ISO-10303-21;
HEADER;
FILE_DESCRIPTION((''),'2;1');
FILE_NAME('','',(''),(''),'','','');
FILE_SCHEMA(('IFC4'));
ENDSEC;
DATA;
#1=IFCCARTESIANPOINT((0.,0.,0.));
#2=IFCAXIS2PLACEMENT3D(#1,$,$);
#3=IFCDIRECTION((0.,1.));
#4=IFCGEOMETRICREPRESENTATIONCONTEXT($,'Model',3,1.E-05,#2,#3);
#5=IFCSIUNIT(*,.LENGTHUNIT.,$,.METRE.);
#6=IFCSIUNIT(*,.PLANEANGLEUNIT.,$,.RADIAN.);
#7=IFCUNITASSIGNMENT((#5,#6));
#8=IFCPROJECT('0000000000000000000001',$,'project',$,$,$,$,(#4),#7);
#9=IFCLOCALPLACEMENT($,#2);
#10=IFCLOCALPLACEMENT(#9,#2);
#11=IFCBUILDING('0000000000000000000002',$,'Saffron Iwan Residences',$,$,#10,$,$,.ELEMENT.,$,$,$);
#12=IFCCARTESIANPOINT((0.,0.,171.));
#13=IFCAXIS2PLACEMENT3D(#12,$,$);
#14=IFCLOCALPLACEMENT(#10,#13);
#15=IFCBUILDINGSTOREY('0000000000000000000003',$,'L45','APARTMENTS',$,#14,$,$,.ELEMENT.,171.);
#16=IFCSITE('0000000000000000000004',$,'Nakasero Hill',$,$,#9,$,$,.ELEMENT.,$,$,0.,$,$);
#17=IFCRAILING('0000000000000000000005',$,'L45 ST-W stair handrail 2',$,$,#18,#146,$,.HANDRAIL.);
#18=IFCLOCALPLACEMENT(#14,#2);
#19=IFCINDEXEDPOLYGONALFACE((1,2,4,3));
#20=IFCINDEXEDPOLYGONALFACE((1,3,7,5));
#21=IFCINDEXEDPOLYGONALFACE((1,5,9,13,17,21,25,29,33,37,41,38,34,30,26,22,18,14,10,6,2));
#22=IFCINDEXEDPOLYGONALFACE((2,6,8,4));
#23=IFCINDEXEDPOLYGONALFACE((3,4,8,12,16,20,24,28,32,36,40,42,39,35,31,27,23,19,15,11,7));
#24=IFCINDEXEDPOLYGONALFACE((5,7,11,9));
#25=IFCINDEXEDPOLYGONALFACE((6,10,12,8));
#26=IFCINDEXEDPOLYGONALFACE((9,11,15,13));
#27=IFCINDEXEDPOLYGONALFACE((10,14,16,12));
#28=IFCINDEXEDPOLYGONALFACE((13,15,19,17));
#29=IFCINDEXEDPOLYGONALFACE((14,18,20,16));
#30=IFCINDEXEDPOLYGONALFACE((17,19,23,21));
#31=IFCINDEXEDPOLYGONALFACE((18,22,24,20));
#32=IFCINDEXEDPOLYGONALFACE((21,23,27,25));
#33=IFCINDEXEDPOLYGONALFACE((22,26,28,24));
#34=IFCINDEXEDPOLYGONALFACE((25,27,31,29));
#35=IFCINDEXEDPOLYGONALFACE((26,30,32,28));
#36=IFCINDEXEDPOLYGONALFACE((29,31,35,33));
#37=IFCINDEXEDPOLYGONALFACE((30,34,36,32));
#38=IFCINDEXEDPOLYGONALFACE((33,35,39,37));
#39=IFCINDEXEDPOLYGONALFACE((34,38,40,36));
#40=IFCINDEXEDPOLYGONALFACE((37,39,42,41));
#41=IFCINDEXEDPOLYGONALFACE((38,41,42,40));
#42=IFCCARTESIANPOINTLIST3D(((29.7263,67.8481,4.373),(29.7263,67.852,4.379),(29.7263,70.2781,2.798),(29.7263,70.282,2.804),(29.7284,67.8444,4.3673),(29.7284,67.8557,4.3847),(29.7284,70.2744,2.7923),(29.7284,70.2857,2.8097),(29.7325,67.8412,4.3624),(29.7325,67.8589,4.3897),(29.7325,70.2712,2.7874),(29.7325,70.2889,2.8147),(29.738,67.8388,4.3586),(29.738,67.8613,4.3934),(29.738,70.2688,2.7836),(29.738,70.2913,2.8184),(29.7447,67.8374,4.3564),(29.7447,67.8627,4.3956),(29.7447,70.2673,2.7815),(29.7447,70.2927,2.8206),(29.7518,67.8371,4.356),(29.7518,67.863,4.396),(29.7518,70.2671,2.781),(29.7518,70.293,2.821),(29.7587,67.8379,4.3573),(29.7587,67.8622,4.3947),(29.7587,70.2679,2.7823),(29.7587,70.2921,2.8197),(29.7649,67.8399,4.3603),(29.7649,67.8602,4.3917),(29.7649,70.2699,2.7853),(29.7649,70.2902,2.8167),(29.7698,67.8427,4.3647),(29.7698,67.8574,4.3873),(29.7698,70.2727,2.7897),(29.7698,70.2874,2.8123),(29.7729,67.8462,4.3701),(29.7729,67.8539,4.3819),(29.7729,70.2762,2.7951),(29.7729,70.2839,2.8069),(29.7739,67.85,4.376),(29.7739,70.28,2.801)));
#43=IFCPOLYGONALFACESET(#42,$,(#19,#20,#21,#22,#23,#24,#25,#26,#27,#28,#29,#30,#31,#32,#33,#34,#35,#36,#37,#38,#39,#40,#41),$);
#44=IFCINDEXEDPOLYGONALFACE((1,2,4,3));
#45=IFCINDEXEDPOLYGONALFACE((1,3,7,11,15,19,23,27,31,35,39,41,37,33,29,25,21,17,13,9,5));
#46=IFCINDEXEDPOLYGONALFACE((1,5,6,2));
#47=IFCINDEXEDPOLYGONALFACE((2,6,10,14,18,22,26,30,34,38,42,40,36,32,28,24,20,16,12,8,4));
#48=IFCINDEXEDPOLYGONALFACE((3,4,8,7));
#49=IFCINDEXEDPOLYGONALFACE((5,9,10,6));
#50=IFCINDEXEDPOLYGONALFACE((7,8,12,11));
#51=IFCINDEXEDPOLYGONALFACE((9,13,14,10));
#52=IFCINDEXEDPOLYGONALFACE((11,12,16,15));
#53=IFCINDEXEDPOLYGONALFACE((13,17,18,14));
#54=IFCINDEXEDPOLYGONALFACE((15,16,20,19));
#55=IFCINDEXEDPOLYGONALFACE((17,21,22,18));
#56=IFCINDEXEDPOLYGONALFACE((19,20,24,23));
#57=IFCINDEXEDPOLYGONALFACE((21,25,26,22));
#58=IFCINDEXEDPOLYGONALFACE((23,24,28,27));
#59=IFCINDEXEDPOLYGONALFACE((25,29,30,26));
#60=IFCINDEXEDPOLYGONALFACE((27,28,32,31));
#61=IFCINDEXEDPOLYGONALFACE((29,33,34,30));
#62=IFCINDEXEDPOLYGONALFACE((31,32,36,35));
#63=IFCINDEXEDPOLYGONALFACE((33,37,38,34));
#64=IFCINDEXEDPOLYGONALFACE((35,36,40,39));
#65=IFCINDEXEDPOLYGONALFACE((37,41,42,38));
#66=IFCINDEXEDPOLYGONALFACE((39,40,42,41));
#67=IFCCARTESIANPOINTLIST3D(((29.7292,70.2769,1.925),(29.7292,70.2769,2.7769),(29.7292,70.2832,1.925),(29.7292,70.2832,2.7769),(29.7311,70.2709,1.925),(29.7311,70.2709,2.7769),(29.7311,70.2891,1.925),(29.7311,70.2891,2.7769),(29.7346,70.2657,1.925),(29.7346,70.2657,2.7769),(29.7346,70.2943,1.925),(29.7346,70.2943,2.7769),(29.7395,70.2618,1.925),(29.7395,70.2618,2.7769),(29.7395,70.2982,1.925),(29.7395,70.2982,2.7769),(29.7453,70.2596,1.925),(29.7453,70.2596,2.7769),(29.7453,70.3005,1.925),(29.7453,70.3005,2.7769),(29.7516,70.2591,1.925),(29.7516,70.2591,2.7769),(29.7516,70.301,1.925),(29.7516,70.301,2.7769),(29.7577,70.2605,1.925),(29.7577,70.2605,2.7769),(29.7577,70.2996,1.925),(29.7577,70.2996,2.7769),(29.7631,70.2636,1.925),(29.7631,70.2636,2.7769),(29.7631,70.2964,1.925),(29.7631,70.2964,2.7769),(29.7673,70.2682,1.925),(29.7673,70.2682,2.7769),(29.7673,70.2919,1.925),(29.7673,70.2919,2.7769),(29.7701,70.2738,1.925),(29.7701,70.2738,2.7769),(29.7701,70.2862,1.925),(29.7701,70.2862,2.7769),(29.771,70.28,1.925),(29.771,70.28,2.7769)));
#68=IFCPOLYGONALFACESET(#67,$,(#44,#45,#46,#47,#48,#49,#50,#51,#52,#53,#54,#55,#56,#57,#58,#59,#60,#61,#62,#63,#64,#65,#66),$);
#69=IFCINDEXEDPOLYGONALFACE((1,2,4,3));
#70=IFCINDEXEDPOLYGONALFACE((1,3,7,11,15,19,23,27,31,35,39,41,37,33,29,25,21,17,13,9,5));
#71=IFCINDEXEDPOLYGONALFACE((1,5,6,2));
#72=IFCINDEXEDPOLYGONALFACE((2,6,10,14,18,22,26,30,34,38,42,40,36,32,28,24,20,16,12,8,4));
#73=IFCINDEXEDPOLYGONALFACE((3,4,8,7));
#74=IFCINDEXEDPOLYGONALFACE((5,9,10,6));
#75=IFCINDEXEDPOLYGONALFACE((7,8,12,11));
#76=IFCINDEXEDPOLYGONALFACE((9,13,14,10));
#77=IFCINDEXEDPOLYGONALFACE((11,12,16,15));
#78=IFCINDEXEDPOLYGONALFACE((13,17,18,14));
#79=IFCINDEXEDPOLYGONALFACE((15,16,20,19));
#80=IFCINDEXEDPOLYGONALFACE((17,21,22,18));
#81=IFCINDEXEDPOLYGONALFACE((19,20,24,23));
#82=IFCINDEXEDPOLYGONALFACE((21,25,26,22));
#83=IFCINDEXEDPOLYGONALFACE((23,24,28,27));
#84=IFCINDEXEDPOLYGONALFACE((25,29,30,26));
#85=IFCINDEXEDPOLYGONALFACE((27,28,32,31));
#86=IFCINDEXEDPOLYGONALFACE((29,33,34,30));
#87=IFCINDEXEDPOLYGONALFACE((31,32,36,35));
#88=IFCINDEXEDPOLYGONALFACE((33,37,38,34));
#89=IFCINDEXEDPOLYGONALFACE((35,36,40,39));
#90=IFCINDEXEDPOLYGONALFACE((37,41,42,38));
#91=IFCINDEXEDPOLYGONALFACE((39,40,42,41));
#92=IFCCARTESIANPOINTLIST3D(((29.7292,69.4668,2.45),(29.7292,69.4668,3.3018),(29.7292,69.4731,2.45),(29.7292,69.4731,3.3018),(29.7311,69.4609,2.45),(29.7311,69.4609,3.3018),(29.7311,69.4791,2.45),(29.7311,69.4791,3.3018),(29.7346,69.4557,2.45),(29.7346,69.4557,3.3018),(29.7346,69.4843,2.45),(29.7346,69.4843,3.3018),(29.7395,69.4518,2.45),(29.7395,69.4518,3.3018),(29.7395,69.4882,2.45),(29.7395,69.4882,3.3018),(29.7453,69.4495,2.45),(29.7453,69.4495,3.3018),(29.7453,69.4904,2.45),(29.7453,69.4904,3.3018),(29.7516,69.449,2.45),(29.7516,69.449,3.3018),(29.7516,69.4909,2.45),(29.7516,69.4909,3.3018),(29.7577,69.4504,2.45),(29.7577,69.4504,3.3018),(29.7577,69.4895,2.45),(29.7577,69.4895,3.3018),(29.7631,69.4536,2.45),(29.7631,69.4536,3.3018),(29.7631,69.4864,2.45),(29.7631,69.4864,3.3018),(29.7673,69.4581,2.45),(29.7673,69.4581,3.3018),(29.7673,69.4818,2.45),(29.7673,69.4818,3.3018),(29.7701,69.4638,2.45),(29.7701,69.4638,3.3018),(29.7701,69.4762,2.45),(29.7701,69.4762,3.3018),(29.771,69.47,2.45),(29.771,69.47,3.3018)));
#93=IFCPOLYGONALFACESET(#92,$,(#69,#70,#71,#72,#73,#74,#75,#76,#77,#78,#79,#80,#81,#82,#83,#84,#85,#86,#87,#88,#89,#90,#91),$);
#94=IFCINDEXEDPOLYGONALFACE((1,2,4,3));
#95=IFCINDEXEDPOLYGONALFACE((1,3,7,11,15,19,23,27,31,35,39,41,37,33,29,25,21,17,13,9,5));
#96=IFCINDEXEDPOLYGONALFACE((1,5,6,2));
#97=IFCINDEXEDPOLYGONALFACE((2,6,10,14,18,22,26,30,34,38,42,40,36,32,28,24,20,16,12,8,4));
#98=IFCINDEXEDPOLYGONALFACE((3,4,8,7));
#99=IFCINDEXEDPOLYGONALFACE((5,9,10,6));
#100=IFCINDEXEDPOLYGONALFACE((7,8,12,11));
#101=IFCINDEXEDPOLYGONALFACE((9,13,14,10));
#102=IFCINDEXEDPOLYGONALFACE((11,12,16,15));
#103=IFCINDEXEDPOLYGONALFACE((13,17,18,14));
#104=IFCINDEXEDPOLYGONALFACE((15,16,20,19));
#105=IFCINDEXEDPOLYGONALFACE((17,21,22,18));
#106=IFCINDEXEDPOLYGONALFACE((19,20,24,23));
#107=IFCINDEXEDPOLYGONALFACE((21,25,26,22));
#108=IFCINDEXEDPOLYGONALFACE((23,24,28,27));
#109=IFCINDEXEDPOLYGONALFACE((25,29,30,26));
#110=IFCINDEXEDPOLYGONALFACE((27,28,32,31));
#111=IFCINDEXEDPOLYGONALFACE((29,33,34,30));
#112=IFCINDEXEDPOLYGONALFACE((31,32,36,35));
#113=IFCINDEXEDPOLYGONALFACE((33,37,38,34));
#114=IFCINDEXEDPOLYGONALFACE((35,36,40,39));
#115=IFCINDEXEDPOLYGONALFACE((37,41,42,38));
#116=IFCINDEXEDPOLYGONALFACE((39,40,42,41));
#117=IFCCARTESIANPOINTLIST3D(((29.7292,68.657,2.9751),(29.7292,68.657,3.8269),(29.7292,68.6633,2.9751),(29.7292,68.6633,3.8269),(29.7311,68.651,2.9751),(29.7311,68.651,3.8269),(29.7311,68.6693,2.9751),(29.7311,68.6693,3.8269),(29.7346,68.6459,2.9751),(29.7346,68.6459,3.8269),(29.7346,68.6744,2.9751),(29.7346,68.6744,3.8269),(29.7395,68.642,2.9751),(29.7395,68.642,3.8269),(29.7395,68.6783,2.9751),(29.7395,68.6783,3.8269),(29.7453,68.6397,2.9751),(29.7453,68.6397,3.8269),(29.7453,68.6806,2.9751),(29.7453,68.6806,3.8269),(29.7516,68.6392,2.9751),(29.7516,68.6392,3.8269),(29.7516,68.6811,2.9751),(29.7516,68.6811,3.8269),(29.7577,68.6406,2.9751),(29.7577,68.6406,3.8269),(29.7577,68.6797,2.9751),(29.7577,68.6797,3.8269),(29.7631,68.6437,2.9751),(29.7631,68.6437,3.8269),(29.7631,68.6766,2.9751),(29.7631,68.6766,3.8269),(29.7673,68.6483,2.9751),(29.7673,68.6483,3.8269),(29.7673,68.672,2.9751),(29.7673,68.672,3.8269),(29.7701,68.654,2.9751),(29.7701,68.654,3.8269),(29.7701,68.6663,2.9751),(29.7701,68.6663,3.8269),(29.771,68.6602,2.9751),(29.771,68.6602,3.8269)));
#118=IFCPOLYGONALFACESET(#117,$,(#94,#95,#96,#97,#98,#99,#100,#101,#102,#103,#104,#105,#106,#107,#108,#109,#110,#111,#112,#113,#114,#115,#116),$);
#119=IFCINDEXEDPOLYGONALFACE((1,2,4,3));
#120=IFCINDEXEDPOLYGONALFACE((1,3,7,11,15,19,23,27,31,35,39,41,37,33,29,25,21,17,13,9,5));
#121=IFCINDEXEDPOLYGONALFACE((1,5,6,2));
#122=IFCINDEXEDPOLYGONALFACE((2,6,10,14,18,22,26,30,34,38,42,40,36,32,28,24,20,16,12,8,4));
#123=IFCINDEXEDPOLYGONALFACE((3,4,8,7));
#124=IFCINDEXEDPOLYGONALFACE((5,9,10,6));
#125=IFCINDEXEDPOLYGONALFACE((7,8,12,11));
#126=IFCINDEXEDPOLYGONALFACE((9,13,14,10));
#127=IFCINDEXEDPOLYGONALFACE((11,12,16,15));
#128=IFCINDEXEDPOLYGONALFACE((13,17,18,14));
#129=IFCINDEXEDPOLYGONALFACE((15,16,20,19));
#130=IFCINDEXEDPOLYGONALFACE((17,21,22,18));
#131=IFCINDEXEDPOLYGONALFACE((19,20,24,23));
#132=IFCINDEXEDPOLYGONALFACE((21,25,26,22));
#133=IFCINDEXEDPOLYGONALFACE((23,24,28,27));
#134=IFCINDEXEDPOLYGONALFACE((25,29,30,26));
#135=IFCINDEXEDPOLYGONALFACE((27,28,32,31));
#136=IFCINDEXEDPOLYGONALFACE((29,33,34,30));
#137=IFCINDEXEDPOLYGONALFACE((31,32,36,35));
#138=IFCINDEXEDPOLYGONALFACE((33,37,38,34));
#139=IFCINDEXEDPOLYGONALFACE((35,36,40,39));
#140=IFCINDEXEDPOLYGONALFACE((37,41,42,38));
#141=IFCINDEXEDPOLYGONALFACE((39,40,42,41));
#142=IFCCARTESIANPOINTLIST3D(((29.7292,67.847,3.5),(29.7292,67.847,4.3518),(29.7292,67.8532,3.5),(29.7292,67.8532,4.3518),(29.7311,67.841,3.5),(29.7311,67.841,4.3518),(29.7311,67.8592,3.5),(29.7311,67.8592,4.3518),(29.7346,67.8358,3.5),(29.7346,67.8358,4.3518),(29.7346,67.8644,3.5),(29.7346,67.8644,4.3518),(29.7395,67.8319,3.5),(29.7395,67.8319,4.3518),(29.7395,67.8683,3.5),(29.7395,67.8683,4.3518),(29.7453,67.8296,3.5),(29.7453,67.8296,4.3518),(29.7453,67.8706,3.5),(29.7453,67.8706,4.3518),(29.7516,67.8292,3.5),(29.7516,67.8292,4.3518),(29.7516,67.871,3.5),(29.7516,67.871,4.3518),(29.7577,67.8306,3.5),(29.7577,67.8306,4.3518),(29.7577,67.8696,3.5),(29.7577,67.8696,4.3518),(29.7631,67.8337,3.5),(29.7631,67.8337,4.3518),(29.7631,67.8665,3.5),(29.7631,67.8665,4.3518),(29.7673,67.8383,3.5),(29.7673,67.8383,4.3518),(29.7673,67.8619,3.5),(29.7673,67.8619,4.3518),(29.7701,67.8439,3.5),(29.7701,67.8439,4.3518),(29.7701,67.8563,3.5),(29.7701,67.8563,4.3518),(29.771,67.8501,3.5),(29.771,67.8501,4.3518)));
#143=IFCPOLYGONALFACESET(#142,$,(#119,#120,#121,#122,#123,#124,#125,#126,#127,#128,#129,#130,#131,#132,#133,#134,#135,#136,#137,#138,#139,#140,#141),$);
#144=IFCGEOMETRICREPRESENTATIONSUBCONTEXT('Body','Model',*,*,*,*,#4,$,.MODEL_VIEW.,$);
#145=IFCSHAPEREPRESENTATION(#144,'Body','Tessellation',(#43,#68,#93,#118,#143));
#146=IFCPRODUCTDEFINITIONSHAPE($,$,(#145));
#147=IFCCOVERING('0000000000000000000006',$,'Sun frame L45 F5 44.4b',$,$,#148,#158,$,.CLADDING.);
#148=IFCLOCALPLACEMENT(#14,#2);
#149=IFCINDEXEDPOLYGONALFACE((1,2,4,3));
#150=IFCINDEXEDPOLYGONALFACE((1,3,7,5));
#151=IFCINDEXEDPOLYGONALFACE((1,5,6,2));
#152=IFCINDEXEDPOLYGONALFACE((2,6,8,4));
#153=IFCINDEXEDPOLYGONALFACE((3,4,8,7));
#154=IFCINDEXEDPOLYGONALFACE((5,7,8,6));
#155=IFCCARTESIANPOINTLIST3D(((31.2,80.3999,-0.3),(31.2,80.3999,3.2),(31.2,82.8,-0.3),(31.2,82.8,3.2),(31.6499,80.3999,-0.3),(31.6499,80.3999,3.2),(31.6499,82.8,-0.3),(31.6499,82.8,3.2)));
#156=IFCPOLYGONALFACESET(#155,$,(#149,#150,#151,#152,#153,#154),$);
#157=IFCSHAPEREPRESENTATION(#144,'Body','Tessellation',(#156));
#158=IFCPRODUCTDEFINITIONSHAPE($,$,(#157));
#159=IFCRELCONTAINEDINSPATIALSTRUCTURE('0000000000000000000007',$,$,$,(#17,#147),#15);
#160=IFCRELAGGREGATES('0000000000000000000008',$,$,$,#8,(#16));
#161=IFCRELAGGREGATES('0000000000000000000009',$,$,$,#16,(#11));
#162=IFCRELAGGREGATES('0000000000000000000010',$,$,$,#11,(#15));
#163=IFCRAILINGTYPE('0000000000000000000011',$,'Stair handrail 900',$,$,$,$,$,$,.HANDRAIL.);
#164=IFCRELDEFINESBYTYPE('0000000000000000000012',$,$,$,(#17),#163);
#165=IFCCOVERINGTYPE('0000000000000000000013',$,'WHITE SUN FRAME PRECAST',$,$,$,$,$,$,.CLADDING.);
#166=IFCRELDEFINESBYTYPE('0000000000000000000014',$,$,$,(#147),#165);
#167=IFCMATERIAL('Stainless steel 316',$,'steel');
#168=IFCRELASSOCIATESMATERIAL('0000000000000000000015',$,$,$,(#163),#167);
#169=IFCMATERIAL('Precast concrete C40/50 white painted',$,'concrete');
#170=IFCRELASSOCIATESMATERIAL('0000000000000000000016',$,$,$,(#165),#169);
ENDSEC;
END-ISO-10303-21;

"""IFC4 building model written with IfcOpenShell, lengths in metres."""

from ifc_helpers import new_model, si_unit, direction, frame, origin, origin_2d, place, context, subcontext, project, spatial, polyline, circle, outline, extrude, material, type_object, element, save


model = new_model("IFC4")

# Units and contexts
model_context = context("Model", 3, precision=1e-05, world=origin(), true_north=direction((0.0, 1.0)))
body_context = subcontext(model_context, "Body", "Model", "MODEL_VIEW")
ifc_project = project(units=[si_unit("LENGTHUNIT", "METRE"), si_unit("PLANEANGLEUNIT", "RADIAN")], contexts=[model_context])

# Site, building, storey
site_placement = place(None, origin())
site = spatial("IfcSite", under=ifc_project, at=site_placement, Name="Nakasero Hill", CompositionType="ELEMENT", RefElevation=0.0)
building_placement = place(site_placement, origin())
building = spatial("IfcBuilding", under=site, at=building_placement, Name="Saffron Iwan Residences", CompositionType="ELEMENT")
storey_placement = place(building_placement, frame((0.0, 0.0, 171.0)))
storey = spatial("IfcBuildingStorey", under=building, at=storey_placement, Name="L45", Description="APARTMENTS", CompositionType="ELEMENT", Elevation=171.0)

# Railing
ifc_material_1 = material(Name="Stainless steel 316", Category="steel")
railing_type_1 = type_object("IfcRailingType", Name="Stair handrail 900", PredefinedType="HANDRAIL", material=ifc_material_1)
railing_1_placement = place(storey_placement, frame((29.75, 70.28, 1.925)))
element("IfcRailing", 1, at=railing_1_placement, inside=storey, type_object=railing_type_1, Name="L45 ST-W stair handrail 2", PredefinedType="HANDRAIL", context=body_context, shape_type="SweptSolid", body=[
    extrude(circle(Radius=0.0239, at=origin_2d()), frame((0.0, 0.0, 0.876), z_axis=(0.0, -0.839154, 0.543894), x_axis=(1.0, 0.0, 0.0)), (0.0, 0.0, 1.0), 2.8958),
    extrude(circle(Radius=0.021, at=origin_2d()), origin(), (0.0, 0.0, 1.0), 0.8518),
    extrude(circle(Radius=0.021, at=origin_2d()), frame((0.0, -0.8101, 0.5249)), (0.0, 0.0, 1.0), 0.8518),
    extrude(circle(Radius=0.021, at=origin_2d()), frame((0.0, -1.6199, 1.05)), (0.0, 0.0, 1.0), 0.8518),
    extrude(circle(Radius=0.021, at=origin_2d()), frame((0.0, -2.4299, 1.575)), (0.0, 0.0, 1.0), 0.8518),
])

# Covering
ifc_material_2 = material(Name="Precast concrete C40/50 white painted", Category="concrete")
covering_type_1 = type_object("IfcCoveringType", Name="WHITE SUN FRAME PRECAST", PredefinedType="CLADDING", material=ifc_material_2)
covering_1_placement = place(storey_placement, frame((31.6499, 80.3999, -0.3), z_axis=(0.0, 1.0, 0.0), x_axis=(-1.0, 0.0, 0.0)))
element("IfcCovering", 2, at=covering_1_placement, inside=storey, type_object=covering_type_1, Name="Sun frame L45 F5 44.4b", PredefinedType="CLADDING", context=body_context, shape_type="SweptSolid", body=[
    extrude(outline(polyline([(0.0, 0.0), (0.45, 0.0), (0.45, 3.5), (0.0, 3.5), (0.0, 0.0)])), origin(), (0.0, 0.0, 1.0), 2.4001),
])

save(model, "model.ifc")
